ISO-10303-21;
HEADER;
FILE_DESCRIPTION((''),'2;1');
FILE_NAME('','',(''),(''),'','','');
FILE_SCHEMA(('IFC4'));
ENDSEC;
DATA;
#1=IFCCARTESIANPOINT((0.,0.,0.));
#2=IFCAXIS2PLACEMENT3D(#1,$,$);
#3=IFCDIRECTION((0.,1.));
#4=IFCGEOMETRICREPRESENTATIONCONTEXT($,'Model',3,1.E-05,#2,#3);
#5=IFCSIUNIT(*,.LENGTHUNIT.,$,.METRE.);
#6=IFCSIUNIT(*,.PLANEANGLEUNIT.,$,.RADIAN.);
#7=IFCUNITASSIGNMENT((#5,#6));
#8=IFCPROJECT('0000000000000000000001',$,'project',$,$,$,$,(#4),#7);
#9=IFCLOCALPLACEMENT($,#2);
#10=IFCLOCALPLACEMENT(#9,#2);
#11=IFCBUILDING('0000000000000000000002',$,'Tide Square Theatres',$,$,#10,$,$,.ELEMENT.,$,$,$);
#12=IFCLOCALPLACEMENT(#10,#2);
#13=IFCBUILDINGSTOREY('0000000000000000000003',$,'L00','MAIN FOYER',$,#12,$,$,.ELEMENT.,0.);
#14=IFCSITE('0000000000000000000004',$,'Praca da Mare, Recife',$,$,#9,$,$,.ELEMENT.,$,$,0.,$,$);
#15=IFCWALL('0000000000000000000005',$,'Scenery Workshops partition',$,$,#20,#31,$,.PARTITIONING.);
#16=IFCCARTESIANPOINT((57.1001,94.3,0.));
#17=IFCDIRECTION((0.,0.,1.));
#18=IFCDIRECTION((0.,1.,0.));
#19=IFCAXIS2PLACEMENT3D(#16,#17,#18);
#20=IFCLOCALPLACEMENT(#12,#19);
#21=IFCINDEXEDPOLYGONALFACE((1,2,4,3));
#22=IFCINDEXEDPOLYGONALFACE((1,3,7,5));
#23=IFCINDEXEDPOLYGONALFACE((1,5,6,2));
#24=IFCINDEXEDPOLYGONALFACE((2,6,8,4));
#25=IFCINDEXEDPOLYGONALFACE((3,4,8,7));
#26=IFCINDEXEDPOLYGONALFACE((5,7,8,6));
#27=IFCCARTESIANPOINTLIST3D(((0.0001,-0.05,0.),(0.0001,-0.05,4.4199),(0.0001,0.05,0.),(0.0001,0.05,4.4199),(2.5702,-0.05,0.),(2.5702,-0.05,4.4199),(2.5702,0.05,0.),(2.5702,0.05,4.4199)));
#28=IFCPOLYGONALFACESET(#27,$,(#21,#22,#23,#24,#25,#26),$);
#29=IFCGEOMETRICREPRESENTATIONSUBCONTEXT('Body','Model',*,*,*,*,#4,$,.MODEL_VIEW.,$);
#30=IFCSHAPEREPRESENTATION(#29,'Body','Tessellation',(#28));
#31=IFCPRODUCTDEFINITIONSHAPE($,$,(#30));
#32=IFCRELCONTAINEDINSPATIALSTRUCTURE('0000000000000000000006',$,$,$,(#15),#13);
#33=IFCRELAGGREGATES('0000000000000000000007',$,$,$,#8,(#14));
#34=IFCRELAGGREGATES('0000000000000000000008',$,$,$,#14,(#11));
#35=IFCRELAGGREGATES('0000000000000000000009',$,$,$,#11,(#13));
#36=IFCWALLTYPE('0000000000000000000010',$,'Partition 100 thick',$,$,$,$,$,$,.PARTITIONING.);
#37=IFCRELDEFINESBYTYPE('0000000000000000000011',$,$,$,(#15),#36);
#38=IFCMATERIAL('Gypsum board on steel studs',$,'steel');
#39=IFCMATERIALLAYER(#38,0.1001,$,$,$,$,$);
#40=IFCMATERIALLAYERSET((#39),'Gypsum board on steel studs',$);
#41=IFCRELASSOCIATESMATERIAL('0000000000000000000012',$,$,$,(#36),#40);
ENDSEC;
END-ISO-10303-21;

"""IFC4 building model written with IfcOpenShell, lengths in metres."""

from ifc_helpers import new_model, si_unit, direction, frame, frame_2d, origin, place, context, subcontext, project, spatial, rectangle, extrude, material, layer, layer_set, type_object, element, save


model = new_model("IFC4")

# Units and contexts
model_context = context("Model", 3, precision=1e-05, world=origin(), true_north=direction((0.0, 1.0)))
body_context = subcontext(model_context, "Body", "Model", "MODEL_VIEW")
ifc_project = project(units=[si_unit("LENGTHUNIT", "METRE"), si_unit("PLANEANGLEUNIT", "RADIAN")], contexts=[model_context])

# Site, building, storey
site_placement = place(None, origin())
site = spatial("IfcSite", under=ifc_project, at=site_placement, Name="Praca da Mare, Recife", CompositionType="ELEMENT", RefElevation=0.0)
building_placement = place(site_placement, origin())
building = spatial("IfcBuilding", under=site, at=building_placement, Name="Tide Square Theatres", CompositionType="ELEMENT")
storey_placement = place(building_placement, origin())
storey = spatial("IfcBuildingStorey", under=building, at=storey_placement, Name="L00", Description="MAIN FOYER", CompositionType="ELEMENT", Elevation=0.0)

# Wall
ifc_material_1 = material(Name="Gypsum board on steel studs", Category="steel")
ifc_layer_1 = layer(ifc_material_1, 0.1001)
ifc_layer_set_1 = layer_set([ifc_layer_1], Name="Gypsum board on steel studs")
wall_type_1 = type_object("IfcWallType", Name="Partition 100 thick", PredefinedType="PARTITIONING", material=ifc_layer_set_1)
wall_1_placement = place(storey_placement, frame((57.1001, 94.3, 0.0), z_axis=(0.0, 0.0, 1.0), x_axis=(0.0, 1.0, 0.0)))
element("IfcWall", 1, at=wall_1_placement, inside=storey, type_object=wall_type_1, Name="Scenery Workshops partition", PredefinedType="PARTITIONING", context=body_context, shape_type="SweptSolid", body=[
    extrude(rectangle(XDim=2.5701, YDim=0.1001, at=frame_2d((1.2852, 0.0))), origin(), (0.0, 0.0, 1.0), 4.4199),
])

save(model, "model.ifc")
